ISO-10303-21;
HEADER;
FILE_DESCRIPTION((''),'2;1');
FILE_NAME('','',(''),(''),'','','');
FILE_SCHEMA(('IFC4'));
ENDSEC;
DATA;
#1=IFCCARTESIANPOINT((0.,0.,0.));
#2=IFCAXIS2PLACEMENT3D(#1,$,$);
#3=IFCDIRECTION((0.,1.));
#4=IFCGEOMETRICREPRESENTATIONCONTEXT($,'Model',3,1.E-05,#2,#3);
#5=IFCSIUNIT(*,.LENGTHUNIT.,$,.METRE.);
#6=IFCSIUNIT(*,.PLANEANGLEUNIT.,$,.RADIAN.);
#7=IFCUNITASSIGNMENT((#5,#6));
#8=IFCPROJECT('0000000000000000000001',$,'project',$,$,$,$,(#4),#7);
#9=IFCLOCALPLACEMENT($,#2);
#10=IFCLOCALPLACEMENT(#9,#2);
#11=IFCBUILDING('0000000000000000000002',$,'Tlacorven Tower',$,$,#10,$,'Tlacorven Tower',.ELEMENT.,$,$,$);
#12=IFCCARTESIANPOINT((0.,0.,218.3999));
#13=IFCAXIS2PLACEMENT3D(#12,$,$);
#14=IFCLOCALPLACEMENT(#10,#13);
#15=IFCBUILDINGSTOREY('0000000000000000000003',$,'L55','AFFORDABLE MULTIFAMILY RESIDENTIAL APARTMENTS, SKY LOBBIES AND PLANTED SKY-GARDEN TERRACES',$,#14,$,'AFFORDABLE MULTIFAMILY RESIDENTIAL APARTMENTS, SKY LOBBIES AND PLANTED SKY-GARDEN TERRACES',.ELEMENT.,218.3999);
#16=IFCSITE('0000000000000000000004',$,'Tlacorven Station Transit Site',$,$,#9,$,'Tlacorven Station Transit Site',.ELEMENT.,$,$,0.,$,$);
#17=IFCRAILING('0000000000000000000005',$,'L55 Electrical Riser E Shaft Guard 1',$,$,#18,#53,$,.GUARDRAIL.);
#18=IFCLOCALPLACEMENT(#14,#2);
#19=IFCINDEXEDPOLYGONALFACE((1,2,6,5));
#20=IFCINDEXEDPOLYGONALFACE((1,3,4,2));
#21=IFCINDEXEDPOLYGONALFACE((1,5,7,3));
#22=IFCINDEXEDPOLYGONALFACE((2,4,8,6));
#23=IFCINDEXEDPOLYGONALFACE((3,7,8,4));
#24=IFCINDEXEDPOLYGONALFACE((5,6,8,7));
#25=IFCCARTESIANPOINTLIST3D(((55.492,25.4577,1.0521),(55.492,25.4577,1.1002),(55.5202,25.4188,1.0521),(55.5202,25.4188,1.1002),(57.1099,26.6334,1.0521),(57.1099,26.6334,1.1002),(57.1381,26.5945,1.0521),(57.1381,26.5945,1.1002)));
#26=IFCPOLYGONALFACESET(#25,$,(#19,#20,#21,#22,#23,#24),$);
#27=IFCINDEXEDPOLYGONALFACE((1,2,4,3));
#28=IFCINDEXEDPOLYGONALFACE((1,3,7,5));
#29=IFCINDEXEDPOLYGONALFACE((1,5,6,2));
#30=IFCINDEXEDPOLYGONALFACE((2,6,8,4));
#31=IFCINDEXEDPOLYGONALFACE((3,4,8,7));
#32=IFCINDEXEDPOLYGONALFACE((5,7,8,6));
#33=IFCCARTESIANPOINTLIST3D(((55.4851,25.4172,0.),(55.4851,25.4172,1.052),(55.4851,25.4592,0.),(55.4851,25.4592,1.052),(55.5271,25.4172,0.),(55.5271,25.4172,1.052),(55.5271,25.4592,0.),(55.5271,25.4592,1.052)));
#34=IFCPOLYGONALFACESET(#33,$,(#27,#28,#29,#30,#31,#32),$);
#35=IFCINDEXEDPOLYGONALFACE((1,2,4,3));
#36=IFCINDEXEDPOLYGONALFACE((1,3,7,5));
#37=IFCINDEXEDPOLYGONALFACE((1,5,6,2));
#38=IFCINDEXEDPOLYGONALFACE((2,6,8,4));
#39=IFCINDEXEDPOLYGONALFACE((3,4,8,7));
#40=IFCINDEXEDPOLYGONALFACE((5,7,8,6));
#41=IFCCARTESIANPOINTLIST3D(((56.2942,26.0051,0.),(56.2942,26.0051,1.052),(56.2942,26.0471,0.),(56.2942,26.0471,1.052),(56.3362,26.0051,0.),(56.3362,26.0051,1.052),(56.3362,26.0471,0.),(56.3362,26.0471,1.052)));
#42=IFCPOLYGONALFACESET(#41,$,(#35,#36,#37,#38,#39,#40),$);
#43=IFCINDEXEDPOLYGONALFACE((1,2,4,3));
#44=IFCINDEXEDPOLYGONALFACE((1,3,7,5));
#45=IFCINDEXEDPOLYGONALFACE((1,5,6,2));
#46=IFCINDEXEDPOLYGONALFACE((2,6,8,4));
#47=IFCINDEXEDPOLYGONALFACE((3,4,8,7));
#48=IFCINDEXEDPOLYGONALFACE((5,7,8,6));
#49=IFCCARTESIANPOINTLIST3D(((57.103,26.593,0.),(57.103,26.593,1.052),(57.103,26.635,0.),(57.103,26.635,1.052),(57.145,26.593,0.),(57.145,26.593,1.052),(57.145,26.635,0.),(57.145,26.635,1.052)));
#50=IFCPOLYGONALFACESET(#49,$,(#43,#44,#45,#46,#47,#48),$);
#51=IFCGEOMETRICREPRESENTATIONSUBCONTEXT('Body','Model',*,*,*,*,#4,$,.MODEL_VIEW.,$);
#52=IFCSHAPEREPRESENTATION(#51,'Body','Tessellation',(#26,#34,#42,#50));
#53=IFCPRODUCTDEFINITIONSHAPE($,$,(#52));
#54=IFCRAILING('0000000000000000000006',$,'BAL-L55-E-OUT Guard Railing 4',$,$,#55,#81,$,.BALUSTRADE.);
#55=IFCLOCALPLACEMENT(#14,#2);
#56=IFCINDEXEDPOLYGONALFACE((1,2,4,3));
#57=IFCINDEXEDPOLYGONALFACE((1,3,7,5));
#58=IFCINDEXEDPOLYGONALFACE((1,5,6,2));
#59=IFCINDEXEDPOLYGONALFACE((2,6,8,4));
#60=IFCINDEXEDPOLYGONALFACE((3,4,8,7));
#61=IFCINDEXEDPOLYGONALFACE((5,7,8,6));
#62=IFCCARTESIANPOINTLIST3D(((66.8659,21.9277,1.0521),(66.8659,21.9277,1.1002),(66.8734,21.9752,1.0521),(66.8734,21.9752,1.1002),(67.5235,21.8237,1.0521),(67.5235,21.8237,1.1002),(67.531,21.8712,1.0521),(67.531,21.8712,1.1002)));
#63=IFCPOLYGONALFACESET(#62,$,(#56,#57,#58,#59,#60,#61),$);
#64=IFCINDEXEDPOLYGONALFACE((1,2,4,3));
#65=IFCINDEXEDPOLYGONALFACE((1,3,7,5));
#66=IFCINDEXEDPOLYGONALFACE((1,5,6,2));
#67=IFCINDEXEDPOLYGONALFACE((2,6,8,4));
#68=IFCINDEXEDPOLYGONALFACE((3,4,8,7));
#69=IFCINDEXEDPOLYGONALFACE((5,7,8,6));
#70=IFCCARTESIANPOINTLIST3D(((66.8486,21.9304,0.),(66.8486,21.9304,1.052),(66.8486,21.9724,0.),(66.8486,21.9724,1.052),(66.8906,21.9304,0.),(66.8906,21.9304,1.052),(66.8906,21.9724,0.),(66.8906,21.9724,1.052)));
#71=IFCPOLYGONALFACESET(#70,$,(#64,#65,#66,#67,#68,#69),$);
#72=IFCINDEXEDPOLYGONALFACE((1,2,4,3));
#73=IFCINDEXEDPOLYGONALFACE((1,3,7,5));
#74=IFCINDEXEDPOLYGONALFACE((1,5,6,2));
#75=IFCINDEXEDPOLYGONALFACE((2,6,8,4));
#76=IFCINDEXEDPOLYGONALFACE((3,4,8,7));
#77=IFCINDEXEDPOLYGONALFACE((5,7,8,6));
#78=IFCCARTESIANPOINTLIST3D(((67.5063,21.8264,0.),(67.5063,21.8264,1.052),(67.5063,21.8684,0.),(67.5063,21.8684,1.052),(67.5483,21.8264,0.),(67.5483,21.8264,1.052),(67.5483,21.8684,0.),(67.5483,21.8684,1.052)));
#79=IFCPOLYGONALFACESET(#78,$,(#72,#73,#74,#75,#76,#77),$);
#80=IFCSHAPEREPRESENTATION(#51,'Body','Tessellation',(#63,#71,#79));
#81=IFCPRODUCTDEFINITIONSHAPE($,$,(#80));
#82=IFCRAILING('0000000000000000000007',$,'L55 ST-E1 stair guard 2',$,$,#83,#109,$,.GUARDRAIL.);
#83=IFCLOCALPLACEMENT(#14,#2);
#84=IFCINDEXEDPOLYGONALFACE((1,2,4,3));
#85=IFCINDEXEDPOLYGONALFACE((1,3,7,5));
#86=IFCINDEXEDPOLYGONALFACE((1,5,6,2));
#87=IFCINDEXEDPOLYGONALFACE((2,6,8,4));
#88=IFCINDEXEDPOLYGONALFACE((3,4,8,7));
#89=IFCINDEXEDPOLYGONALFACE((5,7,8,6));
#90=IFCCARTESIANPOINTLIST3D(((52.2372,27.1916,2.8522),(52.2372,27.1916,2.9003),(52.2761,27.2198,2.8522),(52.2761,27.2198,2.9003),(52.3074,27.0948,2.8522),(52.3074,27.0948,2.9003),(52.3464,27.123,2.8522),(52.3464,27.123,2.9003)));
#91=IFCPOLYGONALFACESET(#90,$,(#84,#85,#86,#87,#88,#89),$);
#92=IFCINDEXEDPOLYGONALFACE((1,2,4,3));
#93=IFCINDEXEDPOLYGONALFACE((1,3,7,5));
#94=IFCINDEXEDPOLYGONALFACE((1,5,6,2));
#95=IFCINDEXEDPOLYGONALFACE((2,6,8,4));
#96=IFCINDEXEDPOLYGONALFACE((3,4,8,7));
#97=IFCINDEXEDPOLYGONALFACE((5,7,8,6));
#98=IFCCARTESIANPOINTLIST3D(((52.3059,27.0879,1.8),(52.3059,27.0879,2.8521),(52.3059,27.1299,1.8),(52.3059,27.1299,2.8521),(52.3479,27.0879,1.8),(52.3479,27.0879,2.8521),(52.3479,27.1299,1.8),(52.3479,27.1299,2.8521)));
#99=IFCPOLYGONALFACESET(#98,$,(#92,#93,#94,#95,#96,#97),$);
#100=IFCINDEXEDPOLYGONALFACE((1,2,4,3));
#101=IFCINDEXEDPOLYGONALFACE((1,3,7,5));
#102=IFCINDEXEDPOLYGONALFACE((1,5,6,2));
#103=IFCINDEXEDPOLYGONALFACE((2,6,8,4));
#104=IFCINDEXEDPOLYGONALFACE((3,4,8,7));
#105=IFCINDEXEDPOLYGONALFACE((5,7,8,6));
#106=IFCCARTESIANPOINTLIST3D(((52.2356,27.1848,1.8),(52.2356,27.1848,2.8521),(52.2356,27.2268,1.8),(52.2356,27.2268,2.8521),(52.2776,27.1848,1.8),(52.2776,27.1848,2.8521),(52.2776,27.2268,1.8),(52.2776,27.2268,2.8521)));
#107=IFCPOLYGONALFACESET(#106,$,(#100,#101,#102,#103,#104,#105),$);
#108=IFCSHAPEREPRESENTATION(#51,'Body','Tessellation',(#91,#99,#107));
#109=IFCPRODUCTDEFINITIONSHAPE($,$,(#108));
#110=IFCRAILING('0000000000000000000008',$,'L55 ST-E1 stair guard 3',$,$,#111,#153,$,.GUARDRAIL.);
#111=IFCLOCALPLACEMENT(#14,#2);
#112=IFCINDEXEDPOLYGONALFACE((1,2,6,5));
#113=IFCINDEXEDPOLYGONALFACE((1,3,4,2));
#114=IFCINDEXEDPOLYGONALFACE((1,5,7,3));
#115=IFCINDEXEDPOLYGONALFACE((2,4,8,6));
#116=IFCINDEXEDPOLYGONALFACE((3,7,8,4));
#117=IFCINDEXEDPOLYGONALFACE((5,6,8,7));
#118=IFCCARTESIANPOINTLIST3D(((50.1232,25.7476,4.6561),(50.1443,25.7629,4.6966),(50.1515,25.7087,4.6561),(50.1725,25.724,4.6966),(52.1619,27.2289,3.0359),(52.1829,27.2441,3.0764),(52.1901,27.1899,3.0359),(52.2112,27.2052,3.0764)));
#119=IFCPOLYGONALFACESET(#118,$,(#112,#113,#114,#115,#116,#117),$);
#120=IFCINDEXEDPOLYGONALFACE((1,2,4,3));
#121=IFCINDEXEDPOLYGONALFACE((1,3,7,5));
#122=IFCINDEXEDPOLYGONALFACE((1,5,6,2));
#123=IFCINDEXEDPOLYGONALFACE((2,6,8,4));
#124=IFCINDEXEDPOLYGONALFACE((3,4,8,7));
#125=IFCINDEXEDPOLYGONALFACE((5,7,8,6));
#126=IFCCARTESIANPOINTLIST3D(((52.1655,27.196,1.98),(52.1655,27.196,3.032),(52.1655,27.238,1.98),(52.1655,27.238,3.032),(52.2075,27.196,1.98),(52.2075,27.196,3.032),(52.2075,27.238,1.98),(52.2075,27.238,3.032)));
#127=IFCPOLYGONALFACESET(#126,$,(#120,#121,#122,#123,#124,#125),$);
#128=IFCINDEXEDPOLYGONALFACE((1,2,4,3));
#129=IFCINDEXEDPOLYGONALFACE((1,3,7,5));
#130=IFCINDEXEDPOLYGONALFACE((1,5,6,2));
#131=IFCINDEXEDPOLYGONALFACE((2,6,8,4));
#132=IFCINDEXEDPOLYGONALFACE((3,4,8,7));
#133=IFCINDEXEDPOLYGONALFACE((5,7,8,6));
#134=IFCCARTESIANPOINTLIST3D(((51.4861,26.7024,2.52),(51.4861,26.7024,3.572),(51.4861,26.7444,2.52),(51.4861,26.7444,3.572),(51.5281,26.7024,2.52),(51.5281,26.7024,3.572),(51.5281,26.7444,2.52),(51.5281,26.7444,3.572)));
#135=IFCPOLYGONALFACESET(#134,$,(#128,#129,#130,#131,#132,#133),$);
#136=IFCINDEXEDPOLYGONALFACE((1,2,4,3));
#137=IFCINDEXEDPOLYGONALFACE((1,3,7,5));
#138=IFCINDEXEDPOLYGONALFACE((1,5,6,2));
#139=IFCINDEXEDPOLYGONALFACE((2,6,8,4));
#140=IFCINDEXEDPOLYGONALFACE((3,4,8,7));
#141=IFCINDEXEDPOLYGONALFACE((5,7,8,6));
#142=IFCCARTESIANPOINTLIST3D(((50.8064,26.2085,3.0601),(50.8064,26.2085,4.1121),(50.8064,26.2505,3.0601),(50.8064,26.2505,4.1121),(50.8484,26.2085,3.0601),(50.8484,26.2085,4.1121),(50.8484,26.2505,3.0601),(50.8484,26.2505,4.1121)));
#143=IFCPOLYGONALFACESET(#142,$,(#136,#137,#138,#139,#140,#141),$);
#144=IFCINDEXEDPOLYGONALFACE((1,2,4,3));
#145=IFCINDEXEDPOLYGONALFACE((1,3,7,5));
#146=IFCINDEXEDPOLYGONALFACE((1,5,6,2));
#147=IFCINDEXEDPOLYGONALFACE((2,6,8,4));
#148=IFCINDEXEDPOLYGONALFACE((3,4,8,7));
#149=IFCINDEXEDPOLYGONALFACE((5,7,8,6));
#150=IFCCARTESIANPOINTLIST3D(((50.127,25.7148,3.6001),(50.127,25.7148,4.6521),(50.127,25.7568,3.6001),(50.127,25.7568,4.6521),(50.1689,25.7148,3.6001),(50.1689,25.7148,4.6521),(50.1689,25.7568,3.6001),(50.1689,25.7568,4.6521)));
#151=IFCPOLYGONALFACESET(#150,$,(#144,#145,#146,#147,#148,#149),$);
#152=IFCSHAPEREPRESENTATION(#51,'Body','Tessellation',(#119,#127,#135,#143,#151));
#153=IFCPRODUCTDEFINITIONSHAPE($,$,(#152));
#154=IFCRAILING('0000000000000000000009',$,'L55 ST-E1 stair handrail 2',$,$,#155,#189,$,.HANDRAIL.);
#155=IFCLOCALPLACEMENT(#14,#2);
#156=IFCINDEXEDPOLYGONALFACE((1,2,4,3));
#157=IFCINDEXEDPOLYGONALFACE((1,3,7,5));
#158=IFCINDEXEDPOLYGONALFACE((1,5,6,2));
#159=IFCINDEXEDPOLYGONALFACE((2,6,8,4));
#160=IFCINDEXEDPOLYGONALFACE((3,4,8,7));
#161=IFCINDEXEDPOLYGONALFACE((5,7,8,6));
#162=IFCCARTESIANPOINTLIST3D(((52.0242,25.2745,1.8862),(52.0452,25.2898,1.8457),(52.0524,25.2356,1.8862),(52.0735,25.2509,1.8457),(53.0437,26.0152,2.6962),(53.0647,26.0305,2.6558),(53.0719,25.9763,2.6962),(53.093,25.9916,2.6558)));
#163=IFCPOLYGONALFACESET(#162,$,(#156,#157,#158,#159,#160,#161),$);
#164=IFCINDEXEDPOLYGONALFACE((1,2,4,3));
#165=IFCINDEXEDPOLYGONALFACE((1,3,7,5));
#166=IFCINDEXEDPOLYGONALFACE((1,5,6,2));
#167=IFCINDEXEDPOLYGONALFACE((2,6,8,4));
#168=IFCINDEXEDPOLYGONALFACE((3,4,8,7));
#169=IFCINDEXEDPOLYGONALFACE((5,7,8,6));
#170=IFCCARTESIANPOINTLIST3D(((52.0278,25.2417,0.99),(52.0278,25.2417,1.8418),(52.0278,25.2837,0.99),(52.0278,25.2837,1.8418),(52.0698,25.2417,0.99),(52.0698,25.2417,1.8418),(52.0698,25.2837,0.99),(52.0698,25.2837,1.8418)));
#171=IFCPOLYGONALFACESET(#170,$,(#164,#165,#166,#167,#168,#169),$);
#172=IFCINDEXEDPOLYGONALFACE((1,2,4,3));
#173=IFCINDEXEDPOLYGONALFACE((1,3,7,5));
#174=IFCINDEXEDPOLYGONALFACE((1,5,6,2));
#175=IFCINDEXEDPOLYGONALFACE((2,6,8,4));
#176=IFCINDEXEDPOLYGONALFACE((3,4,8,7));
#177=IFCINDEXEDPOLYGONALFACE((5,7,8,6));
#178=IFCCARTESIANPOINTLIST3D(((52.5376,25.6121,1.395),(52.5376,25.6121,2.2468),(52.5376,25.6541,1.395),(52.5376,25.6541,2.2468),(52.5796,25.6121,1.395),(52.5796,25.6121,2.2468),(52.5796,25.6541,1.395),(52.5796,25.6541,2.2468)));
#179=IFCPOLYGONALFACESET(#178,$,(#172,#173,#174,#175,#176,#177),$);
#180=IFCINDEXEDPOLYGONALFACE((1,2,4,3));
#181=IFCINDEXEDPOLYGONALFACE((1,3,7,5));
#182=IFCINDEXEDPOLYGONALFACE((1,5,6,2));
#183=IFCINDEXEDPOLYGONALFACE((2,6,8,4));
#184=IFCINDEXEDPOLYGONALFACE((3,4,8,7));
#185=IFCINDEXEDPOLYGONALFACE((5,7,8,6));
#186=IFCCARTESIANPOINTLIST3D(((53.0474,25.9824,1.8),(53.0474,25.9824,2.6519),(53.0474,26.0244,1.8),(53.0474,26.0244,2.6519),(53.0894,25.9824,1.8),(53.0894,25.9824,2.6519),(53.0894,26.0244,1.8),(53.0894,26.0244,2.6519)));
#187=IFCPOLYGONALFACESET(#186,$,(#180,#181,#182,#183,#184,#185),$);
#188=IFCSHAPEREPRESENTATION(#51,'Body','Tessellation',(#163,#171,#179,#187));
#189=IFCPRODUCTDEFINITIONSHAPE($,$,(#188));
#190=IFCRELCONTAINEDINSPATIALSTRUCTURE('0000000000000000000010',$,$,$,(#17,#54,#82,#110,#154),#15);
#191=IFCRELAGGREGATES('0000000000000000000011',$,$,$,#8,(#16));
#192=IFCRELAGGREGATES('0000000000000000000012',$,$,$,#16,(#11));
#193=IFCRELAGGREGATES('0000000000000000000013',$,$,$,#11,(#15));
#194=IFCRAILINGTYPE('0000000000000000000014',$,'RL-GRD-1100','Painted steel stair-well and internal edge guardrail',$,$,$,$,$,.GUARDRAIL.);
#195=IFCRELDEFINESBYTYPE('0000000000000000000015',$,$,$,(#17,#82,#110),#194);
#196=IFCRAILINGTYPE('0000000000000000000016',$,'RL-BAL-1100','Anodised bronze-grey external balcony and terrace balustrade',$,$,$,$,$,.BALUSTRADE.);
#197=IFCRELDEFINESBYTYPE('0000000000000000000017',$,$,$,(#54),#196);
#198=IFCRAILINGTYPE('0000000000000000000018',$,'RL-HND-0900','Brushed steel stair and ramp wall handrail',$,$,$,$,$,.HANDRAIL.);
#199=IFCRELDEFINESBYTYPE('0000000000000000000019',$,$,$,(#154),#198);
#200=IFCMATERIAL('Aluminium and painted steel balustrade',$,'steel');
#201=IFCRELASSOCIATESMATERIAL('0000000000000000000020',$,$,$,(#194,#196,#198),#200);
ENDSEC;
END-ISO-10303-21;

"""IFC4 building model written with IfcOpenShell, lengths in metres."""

from ifc_helpers import new_model, si_unit, direction, frame, origin, origin_2d, place, context, subcontext, project, spatial, rectangle, extrude, source, transform, mapped, material, type_object, element, save


model = new_model("IFC4")

# Units and contexts
model_context = context("Model", 3, precision=1e-05, world=origin(), true_north=direction((0.0, 1.0)))
body_context = subcontext(model_context, "Body", "Model", "MODEL_VIEW")
ifc_project = project(units=[si_unit("LENGTHUNIT", "METRE"), si_unit("PLANEANGLEUNIT", "RADIAN")], contexts=[model_context])

# Site, building, storey
site_placement = place(None, origin())
site = spatial("IfcSite", under=ifc_project, at=site_placement, Name="Tlacorven Station Transit Site", LongName="Tlacorven Station Transit Site", CompositionType="ELEMENT", RefElevation=0.0)
building_placement = place(site_placement, origin())
building = spatial("IfcBuilding", under=site, at=building_placement, Name="Tlacorven Tower", LongName="Tlacorven Tower", CompositionType="ELEMENT")
storey_placement = place(building_placement, frame((0.0, 0.0, 218.3999)))
storey = spatial("IfcBuildingStorey", under=building, at=storey_placement, Name="L55", Description="AFFORDABLE MULTIFAMILY RESIDENTIAL APARTMENTS, SKY LOBBIES AND PLANTED SKY-GARDEN TERRACES", LongName="AFFORDABLE MULTIFAMILY RESIDENTIAL APARTMENTS, SKY LOBBIES AND PLANTED SKY-GARDEN TERRACES", CompositionType="ELEMENT", Elevation=218.3999)

# Railings
ifc_material_1 = material(Name="Aluminium and painted steel balustrade", Category="steel")
railing_type_1 = type_object("IfcRailingType", Name="RL-GRD-1100", Description="Painted steel stair-well and internal edge guardrail", PredefinedType="GUARDRAIL", material=ifc_material_1)
shared_shape_1 = source(origin(), body_context, "Body", "SweptSolid", [
    extrude(rectangle(XDim=0.0481, YDim=0.0481, at=origin_2d()), frame((0.0, 0.0, 1.0762), z_axis=(0.808947, 0.587881, 0.0), x_axis=(-0.587881, 0.808947, 0.0)), (0.0, 0.0, 1.0), 2.0),
    extrude(rectangle(XDim=0.042, YDim=0.042, at=origin_2d()), origin(), (0.0, 0.0, 1.0), 1.052),
    extrude(rectangle(XDim=0.042, YDim=0.042, at=origin_2d()), frame((0.8091, 0.5879, 0.0)), (0.0, 0.0, 1.0), 1.052),
    extrude(rectangle(XDim=0.042, YDim=0.042, at=origin_2d()), frame((1.6179, 1.1758, 0.0)), (0.0, 0.0, 1.0), 1.052),
])
railing_1_placement = place(storey_placement, frame((55.5061, 25.4382, 0.0)))
element("IfcRailing", 1, at=railing_1_placement, inside=storey, type_object=railing_type_1, Name="L55 Electrical Riser E Shaft Guard 1", PredefinedType="GUARDRAIL", context=body_context, shape_type="MappedRepresentation", body=[
    mapped(shared_shape_1, transform((0.0, 0.0, 0.0), scale=1.0)),
])
railing_type_2 = type_object("IfcRailingType", Name="RL-BAL-1100", Description="Anodised bronze-grey external balcony and terrace balustrade", PredefinedType="BALUSTRADE", material=ifc_material_1)
shared_shape_2 = source(origin(), body_context, "Body", "SweptSolid", [
    extrude(rectangle(XDim=0.0481, YDim=0.0481, at=origin_2d()), frame((0.0, 0.0, 1.0762), z_axis=(0.987727, -0.156188, 0.0), x_axis=(0.156188, 0.987727, 0.0)), (0.0, 0.0, 1.0), 0.6658),
    extrude(rectangle(XDim=0.042, YDim=0.042, at=origin_2d()), origin(), (0.0, 0.0, 1.0), 1.052),
    extrude(rectangle(XDim=0.042, YDim=0.042, at=origin_2d()), frame((0.6577, -0.104, 0.0)), (0.0, 0.0, 1.0), 1.052),
])
railing_2_placement = place(storey_placement, frame((66.8696, 21.9514, 0.0)))
element("IfcRailing", 2, at=railing_2_placement, inside=storey, type_object=railing_type_2, Name="BAL-L55-E-OUT Guard Railing 4", PredefinedType="BALUSTRADE", context=body_context, shape_type="MappedRepresentation", body=[
    mapped(shared_shape_2, transform((0.0, 0.0, 0.0), scale=1.0)),
])
shared_shape_3 = source(origin(), body_context, "Body", "SweptSolid", [
    extrude(rectangle(XDim=0.0481, YDim=0.0481, at=origin_2d()), frame((0.0, 0.0, 1.0762), z_axis=(-0.587201, 0.809441, 0.0), x_axis=(-0.809441, -0.587201, 0.0)), (0.0, 0.0, 1.0), 0.1196),
    extrude(rectangle(XDim=0.042, YDim=0.042, at=origin_2d()), origin(), (0.0, 0.0, 1.0), 1.052),
    extrude(rectangle(XDim=0.042, YDim=0.042, at=origin_2d()), frame((-0.0703, 0.0969, 0.0)), (0.0, 0.0, 1.0), 1.052),
])
railing_3_placement = place(storey_placement, frame((52.3269, 27.1089, 1.8)))
element("IfcRailing", 3, at=railing_3_placement, inside=storey, type_object=railing_type_1, Name="L55 ST-E1 stair guard 2", PredefinedType="GUARDRAIL", context=body_context, shape_type="MappedRepresentation", body=[
    mapped(shared_shape_3, transform((0.0, 0.0, 0.0), scale=1.0)),
])
shared_shape_4 = source(origin(), body_context, "Body", "SweptSolid", [
    extrude(rectangle(XDim=0.0481, YDim=0.0481, at=origin_2d()), frame((0.0, 0.0, 1.0762), z_axis=(-0.680489, -0.494434, 0.540805), x_axis=(0.587809, -0.809, 0.0)), (0.0, 0.0, 1.0), 2.9958),
    extrude(rectangle(XDim=0.042, YDim=0.042, at=origin_2d()), origin(), (0.0, 0.0, 1.0), 1.052),
    extrude(rectangle(XDim=0.042, YDim=0.042, at=origin_2d()), frame((-0.6794, -0.4937, 0.54)), (0.0, 0.0, 1.0), 1.052),
    extrude(rectangle(XDim=0.042, YDim=0.042, at=origin_2d()), frame((-1.3591, -0.9875, 1.0801)), (0.0, 0.0, 1.0), 1.052),
    extrude(rectangle(XDim=0.042, YDim=0.042, at=origin_2d()), frame((-2.0386, -1.4812, 1.6201)), (0.0, 0.0, 1.0), 1.052),
])
railing_4_placement = place(storey_placement, frame((52.1865, 27.217, 1.98)))
element("IfcRailing", 4, at=railing_4_placement, inside=storey, type_object=railing_type_1, Name="L55 ST-E1 stair guard 3", PredefinedType="GUARDRAIL", context=body_context, shape_type="MappedRepresentation", body=[
    mapped(shared_shape_4, transform((0.0, 0.0, 0.0), scale=1.0)),
])
railing_type_3 = type_object("IfcRailingType", Name="RL-HND-0900", Description="Brushed steel stair and ramp wall handrail", PredefinedType="HANDRAIL", material=ifc_material_1)
shared_shape_5 = source(origin(), body_context, "Body", "SweptSolid", [
    extrude(rectangle(XDim=0.0481, YDim=0.0481, at=origin_2d()), frame((0.0, 0.0, 0.876), z_axis=(0.680549, 0.494441, 0.540723), x_axis=(-0.58778, 0.809021, 0.0)), (0.0, 0.0, 1.0), 1.498),
    extrude(rectangle(XDim=0.042, YDim=0.042, at=origin_2d()), origin(), (0.0, 0.0, 1.0), 0.8518),
    extrude(rectangle(XDim=0.042, YDim=0.042, at=origin_2d()), frame((0.5098, 0.3704, 0.405)), (0.0, 0.0, 1.0), 0.8518),
    extrude(rectangle(XDim=0.042, YDim=0.042, at=origin_2d()), frame((1.0195, 0.7407, 0.8101)), (0.0, 0.0, 1.0), 0.8518),
])
railing_5_placement = place(storey_placement, frame((52.0488, 25.2627, 0.99)))
element("IfcRailing", 5, at=railing_5_placement, inside=storey, type_object=railing_type_3, Name="L55 ST-E1 stair handrail 2", PredefinedType="HANDRAIL", context=body_context, shape_type="MappedRepresentation", body=[
    mapped(shared_shape_5, transform((0.0, 0.0, 0.0), scale=1.0)),
])

save(model, "model.ifc")
